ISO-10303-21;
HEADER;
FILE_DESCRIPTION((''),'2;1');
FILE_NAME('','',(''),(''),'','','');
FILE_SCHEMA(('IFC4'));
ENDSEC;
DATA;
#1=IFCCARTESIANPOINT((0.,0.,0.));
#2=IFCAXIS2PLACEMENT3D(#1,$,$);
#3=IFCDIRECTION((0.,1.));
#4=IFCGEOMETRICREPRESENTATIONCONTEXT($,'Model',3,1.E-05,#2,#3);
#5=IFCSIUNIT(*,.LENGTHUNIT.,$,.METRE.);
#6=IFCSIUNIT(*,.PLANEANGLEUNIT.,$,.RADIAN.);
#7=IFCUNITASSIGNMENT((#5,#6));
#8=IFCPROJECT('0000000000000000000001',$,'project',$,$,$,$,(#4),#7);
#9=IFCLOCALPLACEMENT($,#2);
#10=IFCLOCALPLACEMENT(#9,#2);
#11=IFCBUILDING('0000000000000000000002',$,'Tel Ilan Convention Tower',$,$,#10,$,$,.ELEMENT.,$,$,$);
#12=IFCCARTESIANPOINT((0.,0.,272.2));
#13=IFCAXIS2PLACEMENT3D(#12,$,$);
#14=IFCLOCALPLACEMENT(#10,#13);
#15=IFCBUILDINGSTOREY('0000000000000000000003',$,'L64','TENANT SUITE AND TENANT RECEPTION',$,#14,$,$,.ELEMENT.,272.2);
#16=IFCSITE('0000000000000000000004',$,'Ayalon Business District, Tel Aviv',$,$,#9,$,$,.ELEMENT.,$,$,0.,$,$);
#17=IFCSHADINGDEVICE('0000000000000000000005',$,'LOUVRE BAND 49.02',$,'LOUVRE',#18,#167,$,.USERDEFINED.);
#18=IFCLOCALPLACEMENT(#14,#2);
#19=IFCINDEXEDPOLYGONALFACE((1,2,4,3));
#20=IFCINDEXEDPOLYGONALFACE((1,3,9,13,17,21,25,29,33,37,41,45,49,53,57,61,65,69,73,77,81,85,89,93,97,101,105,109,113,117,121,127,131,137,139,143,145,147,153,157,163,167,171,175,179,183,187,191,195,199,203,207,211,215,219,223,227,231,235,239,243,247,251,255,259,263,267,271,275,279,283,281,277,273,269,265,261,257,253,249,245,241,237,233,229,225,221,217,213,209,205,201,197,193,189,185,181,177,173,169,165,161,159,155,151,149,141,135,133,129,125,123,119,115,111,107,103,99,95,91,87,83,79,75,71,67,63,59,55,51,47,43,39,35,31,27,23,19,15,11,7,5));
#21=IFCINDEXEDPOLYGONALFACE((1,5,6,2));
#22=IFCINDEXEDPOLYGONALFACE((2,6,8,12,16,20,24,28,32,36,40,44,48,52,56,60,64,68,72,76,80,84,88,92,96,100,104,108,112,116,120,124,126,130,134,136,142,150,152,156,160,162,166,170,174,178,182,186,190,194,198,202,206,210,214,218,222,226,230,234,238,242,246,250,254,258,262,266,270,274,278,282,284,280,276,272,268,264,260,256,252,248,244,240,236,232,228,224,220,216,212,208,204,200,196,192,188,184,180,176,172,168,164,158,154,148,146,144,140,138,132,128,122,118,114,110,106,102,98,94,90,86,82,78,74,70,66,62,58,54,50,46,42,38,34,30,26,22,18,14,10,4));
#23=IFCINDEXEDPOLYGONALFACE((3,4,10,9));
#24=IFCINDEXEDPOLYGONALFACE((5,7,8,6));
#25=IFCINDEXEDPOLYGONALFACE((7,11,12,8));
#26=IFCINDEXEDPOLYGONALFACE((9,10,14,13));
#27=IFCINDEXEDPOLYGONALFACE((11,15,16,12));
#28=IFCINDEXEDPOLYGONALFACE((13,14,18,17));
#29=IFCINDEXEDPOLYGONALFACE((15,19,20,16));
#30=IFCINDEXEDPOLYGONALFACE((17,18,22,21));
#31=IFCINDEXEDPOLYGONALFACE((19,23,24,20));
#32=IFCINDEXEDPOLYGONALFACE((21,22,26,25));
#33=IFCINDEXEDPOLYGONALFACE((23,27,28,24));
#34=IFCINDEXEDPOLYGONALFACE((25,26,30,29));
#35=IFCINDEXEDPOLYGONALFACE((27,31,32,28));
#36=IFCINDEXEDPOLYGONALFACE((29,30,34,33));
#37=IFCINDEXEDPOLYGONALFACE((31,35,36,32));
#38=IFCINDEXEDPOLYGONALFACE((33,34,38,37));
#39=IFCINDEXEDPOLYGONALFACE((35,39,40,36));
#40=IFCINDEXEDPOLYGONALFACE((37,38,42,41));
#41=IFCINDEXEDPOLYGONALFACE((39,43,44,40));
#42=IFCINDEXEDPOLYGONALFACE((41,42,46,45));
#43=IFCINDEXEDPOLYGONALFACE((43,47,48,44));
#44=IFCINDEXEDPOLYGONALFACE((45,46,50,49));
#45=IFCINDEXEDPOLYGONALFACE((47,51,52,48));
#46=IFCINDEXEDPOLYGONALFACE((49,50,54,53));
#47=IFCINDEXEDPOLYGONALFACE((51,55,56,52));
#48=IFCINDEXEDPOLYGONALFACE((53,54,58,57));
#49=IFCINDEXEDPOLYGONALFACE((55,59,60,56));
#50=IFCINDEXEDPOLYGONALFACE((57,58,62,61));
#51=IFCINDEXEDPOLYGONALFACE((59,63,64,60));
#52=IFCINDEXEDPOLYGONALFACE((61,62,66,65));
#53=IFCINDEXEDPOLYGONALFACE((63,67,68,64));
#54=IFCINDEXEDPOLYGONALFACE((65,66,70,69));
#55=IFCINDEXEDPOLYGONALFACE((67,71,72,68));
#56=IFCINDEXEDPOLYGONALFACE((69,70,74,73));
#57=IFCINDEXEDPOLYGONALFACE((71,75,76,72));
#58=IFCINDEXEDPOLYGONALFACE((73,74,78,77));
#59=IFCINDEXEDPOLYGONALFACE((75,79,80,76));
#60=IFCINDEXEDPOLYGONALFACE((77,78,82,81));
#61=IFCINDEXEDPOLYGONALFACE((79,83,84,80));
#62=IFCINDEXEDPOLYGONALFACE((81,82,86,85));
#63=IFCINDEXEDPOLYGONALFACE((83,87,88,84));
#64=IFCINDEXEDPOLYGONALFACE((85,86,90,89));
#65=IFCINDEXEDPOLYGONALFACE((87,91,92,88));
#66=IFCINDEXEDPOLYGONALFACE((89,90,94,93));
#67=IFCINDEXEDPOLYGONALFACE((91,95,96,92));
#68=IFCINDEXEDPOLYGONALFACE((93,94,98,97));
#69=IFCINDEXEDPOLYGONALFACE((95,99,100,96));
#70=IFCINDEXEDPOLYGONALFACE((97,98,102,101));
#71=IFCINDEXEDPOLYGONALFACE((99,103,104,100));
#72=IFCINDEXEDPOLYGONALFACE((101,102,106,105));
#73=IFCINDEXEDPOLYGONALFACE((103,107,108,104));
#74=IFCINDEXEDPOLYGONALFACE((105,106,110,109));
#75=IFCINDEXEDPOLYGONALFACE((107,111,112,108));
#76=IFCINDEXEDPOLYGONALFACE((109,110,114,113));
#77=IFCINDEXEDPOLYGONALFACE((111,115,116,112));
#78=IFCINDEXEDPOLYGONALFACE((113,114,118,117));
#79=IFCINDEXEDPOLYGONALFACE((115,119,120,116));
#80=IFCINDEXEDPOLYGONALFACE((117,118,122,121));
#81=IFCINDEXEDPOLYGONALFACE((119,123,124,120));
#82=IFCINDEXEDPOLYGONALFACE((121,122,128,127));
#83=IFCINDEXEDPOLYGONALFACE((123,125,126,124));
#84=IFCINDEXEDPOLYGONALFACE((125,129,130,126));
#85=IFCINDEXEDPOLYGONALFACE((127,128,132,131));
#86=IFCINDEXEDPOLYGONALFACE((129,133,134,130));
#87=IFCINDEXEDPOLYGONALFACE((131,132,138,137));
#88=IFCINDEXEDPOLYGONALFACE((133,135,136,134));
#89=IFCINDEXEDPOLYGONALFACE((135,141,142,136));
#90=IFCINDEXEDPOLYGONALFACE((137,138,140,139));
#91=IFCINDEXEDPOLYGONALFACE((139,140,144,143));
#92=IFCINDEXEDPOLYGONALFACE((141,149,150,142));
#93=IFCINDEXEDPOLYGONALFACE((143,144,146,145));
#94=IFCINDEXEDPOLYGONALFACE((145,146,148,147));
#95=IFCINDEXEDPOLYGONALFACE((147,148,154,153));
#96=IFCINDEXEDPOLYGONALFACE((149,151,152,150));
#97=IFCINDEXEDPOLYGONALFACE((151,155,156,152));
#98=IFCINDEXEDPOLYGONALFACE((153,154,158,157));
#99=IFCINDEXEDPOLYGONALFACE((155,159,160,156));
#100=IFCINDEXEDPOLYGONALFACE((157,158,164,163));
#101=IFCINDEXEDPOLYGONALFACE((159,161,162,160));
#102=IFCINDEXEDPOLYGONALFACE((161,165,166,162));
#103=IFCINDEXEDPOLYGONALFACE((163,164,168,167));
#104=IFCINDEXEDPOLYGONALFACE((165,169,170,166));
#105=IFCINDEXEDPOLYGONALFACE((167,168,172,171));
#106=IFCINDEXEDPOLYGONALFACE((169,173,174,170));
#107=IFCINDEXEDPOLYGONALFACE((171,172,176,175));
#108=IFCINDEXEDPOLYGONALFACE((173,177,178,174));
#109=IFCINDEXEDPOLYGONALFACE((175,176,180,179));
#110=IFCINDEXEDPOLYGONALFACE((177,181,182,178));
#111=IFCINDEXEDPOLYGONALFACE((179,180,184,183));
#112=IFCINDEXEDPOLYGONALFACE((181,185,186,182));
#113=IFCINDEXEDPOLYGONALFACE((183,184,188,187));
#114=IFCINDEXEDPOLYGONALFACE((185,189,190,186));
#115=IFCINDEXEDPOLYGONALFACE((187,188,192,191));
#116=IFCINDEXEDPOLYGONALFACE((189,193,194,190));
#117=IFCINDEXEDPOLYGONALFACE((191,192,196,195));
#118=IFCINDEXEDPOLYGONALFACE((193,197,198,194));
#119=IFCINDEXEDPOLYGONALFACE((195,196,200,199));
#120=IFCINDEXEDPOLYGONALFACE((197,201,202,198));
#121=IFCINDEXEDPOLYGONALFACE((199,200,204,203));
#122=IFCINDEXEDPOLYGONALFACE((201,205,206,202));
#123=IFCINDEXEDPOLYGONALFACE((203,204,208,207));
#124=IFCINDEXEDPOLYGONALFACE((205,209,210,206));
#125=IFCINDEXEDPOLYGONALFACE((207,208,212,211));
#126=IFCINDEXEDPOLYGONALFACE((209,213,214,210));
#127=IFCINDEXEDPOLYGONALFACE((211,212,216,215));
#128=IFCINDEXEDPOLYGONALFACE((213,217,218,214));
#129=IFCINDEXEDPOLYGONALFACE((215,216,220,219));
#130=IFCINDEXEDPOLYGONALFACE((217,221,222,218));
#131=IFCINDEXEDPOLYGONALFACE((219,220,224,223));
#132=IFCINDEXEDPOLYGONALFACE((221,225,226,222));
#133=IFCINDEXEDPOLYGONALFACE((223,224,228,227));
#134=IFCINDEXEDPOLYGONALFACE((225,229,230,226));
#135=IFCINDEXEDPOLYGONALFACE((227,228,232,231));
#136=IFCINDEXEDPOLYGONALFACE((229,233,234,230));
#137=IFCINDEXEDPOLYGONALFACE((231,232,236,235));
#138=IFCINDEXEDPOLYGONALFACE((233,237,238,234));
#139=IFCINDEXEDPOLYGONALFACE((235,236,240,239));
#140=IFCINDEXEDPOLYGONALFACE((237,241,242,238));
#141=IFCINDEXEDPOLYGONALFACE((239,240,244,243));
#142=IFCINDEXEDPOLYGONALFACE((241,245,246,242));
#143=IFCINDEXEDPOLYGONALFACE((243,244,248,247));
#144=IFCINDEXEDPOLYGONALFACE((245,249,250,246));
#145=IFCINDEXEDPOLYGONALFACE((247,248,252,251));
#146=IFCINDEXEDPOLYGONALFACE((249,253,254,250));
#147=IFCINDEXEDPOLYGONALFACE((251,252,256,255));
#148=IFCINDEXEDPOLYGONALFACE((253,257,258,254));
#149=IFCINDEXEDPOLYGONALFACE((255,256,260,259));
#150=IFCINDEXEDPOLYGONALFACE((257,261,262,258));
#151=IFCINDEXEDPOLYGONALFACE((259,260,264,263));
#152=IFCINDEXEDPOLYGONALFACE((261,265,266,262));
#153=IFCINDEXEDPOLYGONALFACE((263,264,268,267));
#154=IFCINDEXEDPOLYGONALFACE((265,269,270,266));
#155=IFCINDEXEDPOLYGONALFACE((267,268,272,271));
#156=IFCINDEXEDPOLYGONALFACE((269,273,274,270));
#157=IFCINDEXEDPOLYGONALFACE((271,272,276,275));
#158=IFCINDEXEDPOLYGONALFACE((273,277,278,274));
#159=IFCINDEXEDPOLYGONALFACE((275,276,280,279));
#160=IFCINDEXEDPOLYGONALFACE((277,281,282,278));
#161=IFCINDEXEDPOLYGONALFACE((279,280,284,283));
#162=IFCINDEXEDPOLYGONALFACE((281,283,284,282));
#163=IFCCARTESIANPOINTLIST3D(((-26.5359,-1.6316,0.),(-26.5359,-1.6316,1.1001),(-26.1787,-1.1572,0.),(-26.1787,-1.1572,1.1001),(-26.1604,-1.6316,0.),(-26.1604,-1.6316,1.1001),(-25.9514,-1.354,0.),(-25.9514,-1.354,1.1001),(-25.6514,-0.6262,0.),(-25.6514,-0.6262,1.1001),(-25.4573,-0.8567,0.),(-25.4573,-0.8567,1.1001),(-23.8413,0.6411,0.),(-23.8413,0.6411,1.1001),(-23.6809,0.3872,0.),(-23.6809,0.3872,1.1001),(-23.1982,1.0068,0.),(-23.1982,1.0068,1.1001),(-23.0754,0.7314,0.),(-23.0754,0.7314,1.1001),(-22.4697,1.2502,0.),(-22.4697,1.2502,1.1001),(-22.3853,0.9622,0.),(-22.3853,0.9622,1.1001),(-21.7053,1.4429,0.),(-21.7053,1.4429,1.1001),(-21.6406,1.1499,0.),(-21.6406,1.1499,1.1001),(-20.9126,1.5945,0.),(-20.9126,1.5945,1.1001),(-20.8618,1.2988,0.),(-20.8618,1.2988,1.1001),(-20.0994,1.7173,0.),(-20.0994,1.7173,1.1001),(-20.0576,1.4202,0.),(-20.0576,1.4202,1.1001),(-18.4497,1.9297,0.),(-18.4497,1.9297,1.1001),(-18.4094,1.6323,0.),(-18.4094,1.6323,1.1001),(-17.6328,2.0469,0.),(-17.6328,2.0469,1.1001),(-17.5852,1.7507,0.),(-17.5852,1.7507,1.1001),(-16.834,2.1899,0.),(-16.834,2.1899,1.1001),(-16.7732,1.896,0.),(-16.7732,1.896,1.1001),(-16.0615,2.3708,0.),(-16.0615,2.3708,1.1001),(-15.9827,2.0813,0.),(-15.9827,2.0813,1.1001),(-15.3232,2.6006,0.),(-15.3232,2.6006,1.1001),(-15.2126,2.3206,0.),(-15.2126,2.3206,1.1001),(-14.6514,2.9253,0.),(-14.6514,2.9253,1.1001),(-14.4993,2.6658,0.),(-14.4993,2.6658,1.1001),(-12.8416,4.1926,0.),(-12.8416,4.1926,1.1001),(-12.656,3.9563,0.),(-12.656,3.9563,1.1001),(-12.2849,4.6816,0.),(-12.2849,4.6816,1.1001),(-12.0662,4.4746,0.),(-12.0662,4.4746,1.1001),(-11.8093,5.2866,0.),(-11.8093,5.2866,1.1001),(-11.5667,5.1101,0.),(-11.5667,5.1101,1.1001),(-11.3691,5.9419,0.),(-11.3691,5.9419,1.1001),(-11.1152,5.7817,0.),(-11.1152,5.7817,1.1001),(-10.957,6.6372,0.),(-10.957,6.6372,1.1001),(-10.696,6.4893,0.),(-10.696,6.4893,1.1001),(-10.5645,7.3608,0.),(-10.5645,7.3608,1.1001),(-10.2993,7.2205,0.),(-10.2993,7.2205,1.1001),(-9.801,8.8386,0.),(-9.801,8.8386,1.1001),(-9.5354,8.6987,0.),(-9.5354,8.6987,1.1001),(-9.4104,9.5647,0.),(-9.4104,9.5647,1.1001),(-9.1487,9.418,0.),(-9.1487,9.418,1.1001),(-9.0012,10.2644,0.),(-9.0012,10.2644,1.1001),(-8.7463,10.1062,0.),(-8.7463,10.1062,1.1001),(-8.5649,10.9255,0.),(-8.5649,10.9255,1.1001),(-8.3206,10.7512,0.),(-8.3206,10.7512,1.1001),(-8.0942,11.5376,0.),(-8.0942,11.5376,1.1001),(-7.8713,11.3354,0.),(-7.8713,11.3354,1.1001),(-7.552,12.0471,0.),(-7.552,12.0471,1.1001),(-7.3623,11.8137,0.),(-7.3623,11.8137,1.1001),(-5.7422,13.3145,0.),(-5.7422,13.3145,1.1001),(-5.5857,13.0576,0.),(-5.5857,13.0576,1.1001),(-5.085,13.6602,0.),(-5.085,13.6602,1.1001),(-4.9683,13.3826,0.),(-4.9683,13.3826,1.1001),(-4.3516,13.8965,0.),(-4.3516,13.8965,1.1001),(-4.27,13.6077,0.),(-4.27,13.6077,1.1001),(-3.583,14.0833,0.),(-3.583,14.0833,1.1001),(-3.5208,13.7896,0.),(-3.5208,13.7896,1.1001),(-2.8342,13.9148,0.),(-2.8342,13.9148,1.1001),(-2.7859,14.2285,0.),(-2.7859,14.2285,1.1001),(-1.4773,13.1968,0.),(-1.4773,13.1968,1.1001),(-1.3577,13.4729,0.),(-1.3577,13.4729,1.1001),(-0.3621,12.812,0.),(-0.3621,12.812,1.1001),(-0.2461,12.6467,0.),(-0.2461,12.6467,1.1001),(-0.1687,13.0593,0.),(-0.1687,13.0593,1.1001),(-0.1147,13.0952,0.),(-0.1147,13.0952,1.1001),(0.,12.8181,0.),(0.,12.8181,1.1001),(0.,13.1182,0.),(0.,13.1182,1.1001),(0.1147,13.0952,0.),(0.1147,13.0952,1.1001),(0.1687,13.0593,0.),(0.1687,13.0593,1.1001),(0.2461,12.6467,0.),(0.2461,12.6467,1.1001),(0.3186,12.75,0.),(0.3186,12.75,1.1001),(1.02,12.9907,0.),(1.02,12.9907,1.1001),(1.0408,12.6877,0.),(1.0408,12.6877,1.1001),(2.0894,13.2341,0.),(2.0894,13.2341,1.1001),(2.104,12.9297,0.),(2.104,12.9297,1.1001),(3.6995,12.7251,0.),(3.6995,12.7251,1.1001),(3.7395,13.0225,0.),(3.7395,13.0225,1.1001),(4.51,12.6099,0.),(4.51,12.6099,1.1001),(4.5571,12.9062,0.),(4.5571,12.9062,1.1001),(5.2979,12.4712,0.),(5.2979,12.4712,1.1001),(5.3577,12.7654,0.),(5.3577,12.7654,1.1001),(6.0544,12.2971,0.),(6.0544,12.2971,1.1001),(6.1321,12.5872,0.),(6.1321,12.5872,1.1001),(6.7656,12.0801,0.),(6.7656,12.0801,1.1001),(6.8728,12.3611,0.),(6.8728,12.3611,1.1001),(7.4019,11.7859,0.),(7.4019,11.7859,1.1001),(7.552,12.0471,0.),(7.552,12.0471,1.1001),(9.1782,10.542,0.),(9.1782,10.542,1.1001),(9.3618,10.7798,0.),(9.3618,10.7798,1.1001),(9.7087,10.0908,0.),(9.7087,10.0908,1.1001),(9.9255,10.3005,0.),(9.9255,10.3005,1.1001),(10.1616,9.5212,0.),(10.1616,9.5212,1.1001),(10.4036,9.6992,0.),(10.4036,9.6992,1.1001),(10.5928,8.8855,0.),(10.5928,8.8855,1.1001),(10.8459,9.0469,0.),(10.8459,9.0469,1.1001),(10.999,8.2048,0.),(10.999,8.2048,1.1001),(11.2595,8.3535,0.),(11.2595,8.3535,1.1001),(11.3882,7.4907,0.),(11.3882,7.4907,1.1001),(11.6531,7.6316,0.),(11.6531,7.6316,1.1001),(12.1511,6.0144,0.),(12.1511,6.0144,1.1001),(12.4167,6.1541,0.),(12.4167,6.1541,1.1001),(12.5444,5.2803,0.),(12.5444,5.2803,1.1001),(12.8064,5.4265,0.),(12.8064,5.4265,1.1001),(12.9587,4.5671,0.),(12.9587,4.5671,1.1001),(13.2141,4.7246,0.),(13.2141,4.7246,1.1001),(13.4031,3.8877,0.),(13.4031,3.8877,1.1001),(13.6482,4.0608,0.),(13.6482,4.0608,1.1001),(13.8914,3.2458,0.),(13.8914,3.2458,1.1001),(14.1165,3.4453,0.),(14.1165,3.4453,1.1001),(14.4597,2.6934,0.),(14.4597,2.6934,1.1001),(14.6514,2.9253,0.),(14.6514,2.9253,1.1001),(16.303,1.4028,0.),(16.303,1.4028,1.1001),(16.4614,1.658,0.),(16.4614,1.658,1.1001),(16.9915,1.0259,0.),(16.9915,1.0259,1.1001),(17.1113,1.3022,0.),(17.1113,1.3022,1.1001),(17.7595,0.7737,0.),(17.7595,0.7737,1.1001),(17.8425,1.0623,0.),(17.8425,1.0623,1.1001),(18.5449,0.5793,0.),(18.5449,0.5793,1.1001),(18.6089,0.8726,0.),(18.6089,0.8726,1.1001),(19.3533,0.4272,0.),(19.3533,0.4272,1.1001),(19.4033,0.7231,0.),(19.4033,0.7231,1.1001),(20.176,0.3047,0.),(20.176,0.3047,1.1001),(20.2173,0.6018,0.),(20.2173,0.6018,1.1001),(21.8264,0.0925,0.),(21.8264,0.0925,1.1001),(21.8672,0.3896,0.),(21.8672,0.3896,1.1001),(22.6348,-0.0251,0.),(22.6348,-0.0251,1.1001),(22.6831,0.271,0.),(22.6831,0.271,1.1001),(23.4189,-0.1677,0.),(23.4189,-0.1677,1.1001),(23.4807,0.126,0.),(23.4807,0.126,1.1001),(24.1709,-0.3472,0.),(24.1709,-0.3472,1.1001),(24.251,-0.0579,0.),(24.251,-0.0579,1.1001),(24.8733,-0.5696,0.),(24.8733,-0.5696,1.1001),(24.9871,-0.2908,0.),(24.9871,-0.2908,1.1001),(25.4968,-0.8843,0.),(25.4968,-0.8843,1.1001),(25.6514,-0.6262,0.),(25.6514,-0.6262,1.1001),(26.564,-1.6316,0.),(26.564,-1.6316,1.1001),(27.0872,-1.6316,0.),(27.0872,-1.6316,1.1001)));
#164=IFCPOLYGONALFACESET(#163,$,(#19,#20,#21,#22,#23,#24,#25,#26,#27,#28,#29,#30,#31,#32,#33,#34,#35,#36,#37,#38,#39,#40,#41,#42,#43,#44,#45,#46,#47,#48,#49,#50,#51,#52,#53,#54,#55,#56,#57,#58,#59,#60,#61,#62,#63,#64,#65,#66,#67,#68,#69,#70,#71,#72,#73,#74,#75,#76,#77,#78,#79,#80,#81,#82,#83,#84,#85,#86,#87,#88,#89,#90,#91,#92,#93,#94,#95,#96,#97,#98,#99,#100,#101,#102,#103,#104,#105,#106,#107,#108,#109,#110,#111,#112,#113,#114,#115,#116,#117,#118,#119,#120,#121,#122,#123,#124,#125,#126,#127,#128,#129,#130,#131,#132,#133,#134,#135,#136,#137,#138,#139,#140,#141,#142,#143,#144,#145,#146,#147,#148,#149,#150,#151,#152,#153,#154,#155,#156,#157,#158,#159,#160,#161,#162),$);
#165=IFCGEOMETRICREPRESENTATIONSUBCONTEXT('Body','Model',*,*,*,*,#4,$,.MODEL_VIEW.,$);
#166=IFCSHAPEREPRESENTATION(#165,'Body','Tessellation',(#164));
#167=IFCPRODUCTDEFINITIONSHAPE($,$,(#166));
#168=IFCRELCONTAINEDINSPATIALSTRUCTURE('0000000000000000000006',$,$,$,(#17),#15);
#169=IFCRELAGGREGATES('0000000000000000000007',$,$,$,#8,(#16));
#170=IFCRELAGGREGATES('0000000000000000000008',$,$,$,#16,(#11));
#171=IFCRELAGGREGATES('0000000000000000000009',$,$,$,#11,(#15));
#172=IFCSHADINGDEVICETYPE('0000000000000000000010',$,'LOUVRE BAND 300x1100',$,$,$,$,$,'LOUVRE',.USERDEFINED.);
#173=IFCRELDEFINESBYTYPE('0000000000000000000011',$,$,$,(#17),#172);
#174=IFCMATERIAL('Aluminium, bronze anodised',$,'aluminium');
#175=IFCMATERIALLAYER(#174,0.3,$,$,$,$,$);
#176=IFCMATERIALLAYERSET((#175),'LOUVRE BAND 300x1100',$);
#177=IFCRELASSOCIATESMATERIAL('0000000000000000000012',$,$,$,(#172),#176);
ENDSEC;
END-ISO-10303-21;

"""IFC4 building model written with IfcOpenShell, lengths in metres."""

from ifc_helpers import new_model, si_unit, direction, frame, origin, place, context, subcontext, project, spatial, polyline, outline, extrude, material, layer, layer_set, type_object, element, save


model = new_model("IFC4")

# Units and contexts
model_context = context("Model", 3, precision=1e-05, world=origin(), true_north=direction((0.0, 1.0)))
body_context = subcontext(model_context, "Body", "Model", "MODEL_VIEW")
ifc_project = project(units=[si_unit("LENGTHUNIT", "METRE"), si_unit("PLANEANGLEUNIT", "RADIAN")], contexts=[model_context])

# Site, building, storey
site_placement = place(None, origin())
site = spatial("IfcSite", under=ifc_project, at=site_placement, Name="Ayalon Business District, Tel Aviv", CompositionType="ELEMENT", RefElevation=0.0)
building_placement = place(site_placement, origin())
building = spatial("IfcBuilding", under=site, at=building_placement, Name="Tel Ilan Convention Tower", CompositionType="ELEMENT")
storey_placement = place(building_placement, frame((0.0, 0.0, 272.2)))
storey = spatial("IfcBuildingStorey", under=building, at=storey_placement, Name="L64", Description="TENANT SUITE AND TENANT RECEPTION", CompositionType="ELEMENT", Elevation=272.2)

# Shading device
ifc_material_1 = material(Name="Aluminium, bronze anodised", Category="aluminium")
ifc_layer_1 = layer(ifc_material_1, 0.3)
ifc_layer_set_1 = layer_set([ifc_layer_1], Name="LOUVRE BAND 300x1100")
shading_device_type_1 = type_object("IfcShadingDeviceType", Name="LOUVRE BAND 300x1100", ElementType="LOUVRE", PredefinedType="USERDEFINED", material=ifc_layer_set_1)
shading_device_1_placement = place(storey_placement, origin())
element("IfcShadingDevice", 1, at=shading_device_1_placement, inside=storey, type_object=shading_device_type_1, Name="LOUVRE BAND 49.02", ObjectType="LOUVRE", PredefinedType="USERDEFINED", context=body_context, shape_type="SweptSolid", body=[
    extrude(outline(polyline([(-26.1787, -1.1572), (-26.5359, -1.6316), (-26.1604, -1.6316), (-25.9514, -1.354), (-25.4573, -0.8567), (-23.6809, 0.3872), (-23.0754, 0.7314), (-22.3853, 0.9622), (-21.6406, 1.1499), (-20.8618, 1.2988), (-20.0576, 1.4202), (-18.4094, 1.6323), (-17.5852, 1.7507), (-16.7732, 1.896), (-15.9827, 2.0813), (-15.2126, 2.3206), (-14.4993, 2.6658), (-12.656, 3.9563), (-12.0662, 4.4746), (-11.5667, 5.1101), (-11.1152, 5.7817), (-10.696, 6.4893), (-10.2993, 7.2205), (-9.5354, 8.6987), (-9.1487, 9.418), (-8.7463, 10.1062), (-8.3206, 10.7512), (-7.8713, 11.3354), (-7.3623, 11.8137), (-5.5857, 13.0576), (-4.9683, 13.3826), (-4.27, 13.6077), (-3.5208, 13.7896), (-2.8342, 13.9148), (-1.4773, 13.1968), (-0.3621, 12.812), (-0.2461, 12.6467), (0.0, 12.8181), (0.2461, 12.6467), (0.3186, 12.75), (1.0408, 12.6877), (2.104, 12.9297), (3.6995, 12.7251), (4.51, 12.6099), (5.2979, 12.4712), (6.0544, 12.2971), (6.7656, 12.0801), (7.4019, 11.7859), (9.1782, 10.542), (9.7087, 10.0908), (10.1616, 9.5212), (10.5928, 8.8855), (10.999, 8.2048), (11.3882, 7.4907), (12.1511, 6.0144), (12.5444, 5.2803), (12.9587, 4.5671), (13.4031, 3.8877), (13.8914, 3.2458), (14.4597, 2.6934), (16.303, 1.4028), (16.9915, 1.0259), (17.7595, 0.7737), (18.5449, 0.5793), (19.3533, 0.4272), (20.176, 0.3047), (21.8264, 0.0925), (22.6348, -0.0251), (23.4189, -0.1677), (24.1709, -0.3472), (24.8733, -0.5696), (25.4968, -0.8843), (26.564, -1.6316), (27.0872, -1.6316), (25.6514, -0.6262), (24.9871, -0.2908), (24.251, -0.0579), (23.4807, 0.126), (22.6831, 0.271), (21.8672, 0.3896), (20.2173, 0.6018), (19.4033, 0.7231), (18.6089, 0.8726), (17.8425, 1.0623), (17.1113, 1.3022), (16.4614, 1.658), (14.6514, 2.9253), (14.1165, 3.4453), (13.6482, 4.0608), (13.2141, 4.7246), (12.8064, 5.4265), (12.4167, 6.1541), (11.6531, 7.6316), (11.2595, 8.3535), (10.8459, 9.0469), (10.4036, 9.6992), (9.9255, 10.3005), (9.3618, 10.7798), (7.552, 12.0471), (6.8728, 12.3611), (6.1321, 12.5872), (5.3577, 12.7654), (4.5571, 12.9062), (3.7395, 13.0225), (2.0894, 13.2341), (1.02, 12.9907), (0.1687, 13.0593), (0.1147, 13.0952), (0.0, 13.1182), (-0.1147, 13.0952), (-0.1687, 13.0593), (-1.3577, 13.4729), (-2.7859, 14.2285), (-3.583, 14.0833), (-4.3516, 13.8965), (-5.085, 13.6602), (-5.7422, 13.3145), (-7.552, 12.0471), (-8.0942, 11.5376), (-8.5649, 10.9255), (-9.0012, 10.2644), (-9.4104, 9.5647), (-9.801, 8.8386), (-10.5645, 7.3608), (-10.957, 6.6372), (-11.3691, 5.9419), (-11.8093, 5.2866), (-12.2849, 4.6816), (-12.8416, 4.1926), (-14.6514, 2.9253), (-15.3232, 2.6006), (-16.0615, 2.3708), (-16.834, 2.1899), (-17.6328, 2.0469), (-18.4497, 1.9297), (-20.0994, 1.7173), (-20.9126, 1.5945), (-21.7053, 1.4429), (-22.4697, 1.2502), (-23.1982, 1.0068), (-23.8413, 0.6411), (-25.6514, -0.6262), (-26.1787, -1.1572)])), origin(), (0.0, 0.0, 1.0), 1.1001),
])

save(model, "model.ifc")
